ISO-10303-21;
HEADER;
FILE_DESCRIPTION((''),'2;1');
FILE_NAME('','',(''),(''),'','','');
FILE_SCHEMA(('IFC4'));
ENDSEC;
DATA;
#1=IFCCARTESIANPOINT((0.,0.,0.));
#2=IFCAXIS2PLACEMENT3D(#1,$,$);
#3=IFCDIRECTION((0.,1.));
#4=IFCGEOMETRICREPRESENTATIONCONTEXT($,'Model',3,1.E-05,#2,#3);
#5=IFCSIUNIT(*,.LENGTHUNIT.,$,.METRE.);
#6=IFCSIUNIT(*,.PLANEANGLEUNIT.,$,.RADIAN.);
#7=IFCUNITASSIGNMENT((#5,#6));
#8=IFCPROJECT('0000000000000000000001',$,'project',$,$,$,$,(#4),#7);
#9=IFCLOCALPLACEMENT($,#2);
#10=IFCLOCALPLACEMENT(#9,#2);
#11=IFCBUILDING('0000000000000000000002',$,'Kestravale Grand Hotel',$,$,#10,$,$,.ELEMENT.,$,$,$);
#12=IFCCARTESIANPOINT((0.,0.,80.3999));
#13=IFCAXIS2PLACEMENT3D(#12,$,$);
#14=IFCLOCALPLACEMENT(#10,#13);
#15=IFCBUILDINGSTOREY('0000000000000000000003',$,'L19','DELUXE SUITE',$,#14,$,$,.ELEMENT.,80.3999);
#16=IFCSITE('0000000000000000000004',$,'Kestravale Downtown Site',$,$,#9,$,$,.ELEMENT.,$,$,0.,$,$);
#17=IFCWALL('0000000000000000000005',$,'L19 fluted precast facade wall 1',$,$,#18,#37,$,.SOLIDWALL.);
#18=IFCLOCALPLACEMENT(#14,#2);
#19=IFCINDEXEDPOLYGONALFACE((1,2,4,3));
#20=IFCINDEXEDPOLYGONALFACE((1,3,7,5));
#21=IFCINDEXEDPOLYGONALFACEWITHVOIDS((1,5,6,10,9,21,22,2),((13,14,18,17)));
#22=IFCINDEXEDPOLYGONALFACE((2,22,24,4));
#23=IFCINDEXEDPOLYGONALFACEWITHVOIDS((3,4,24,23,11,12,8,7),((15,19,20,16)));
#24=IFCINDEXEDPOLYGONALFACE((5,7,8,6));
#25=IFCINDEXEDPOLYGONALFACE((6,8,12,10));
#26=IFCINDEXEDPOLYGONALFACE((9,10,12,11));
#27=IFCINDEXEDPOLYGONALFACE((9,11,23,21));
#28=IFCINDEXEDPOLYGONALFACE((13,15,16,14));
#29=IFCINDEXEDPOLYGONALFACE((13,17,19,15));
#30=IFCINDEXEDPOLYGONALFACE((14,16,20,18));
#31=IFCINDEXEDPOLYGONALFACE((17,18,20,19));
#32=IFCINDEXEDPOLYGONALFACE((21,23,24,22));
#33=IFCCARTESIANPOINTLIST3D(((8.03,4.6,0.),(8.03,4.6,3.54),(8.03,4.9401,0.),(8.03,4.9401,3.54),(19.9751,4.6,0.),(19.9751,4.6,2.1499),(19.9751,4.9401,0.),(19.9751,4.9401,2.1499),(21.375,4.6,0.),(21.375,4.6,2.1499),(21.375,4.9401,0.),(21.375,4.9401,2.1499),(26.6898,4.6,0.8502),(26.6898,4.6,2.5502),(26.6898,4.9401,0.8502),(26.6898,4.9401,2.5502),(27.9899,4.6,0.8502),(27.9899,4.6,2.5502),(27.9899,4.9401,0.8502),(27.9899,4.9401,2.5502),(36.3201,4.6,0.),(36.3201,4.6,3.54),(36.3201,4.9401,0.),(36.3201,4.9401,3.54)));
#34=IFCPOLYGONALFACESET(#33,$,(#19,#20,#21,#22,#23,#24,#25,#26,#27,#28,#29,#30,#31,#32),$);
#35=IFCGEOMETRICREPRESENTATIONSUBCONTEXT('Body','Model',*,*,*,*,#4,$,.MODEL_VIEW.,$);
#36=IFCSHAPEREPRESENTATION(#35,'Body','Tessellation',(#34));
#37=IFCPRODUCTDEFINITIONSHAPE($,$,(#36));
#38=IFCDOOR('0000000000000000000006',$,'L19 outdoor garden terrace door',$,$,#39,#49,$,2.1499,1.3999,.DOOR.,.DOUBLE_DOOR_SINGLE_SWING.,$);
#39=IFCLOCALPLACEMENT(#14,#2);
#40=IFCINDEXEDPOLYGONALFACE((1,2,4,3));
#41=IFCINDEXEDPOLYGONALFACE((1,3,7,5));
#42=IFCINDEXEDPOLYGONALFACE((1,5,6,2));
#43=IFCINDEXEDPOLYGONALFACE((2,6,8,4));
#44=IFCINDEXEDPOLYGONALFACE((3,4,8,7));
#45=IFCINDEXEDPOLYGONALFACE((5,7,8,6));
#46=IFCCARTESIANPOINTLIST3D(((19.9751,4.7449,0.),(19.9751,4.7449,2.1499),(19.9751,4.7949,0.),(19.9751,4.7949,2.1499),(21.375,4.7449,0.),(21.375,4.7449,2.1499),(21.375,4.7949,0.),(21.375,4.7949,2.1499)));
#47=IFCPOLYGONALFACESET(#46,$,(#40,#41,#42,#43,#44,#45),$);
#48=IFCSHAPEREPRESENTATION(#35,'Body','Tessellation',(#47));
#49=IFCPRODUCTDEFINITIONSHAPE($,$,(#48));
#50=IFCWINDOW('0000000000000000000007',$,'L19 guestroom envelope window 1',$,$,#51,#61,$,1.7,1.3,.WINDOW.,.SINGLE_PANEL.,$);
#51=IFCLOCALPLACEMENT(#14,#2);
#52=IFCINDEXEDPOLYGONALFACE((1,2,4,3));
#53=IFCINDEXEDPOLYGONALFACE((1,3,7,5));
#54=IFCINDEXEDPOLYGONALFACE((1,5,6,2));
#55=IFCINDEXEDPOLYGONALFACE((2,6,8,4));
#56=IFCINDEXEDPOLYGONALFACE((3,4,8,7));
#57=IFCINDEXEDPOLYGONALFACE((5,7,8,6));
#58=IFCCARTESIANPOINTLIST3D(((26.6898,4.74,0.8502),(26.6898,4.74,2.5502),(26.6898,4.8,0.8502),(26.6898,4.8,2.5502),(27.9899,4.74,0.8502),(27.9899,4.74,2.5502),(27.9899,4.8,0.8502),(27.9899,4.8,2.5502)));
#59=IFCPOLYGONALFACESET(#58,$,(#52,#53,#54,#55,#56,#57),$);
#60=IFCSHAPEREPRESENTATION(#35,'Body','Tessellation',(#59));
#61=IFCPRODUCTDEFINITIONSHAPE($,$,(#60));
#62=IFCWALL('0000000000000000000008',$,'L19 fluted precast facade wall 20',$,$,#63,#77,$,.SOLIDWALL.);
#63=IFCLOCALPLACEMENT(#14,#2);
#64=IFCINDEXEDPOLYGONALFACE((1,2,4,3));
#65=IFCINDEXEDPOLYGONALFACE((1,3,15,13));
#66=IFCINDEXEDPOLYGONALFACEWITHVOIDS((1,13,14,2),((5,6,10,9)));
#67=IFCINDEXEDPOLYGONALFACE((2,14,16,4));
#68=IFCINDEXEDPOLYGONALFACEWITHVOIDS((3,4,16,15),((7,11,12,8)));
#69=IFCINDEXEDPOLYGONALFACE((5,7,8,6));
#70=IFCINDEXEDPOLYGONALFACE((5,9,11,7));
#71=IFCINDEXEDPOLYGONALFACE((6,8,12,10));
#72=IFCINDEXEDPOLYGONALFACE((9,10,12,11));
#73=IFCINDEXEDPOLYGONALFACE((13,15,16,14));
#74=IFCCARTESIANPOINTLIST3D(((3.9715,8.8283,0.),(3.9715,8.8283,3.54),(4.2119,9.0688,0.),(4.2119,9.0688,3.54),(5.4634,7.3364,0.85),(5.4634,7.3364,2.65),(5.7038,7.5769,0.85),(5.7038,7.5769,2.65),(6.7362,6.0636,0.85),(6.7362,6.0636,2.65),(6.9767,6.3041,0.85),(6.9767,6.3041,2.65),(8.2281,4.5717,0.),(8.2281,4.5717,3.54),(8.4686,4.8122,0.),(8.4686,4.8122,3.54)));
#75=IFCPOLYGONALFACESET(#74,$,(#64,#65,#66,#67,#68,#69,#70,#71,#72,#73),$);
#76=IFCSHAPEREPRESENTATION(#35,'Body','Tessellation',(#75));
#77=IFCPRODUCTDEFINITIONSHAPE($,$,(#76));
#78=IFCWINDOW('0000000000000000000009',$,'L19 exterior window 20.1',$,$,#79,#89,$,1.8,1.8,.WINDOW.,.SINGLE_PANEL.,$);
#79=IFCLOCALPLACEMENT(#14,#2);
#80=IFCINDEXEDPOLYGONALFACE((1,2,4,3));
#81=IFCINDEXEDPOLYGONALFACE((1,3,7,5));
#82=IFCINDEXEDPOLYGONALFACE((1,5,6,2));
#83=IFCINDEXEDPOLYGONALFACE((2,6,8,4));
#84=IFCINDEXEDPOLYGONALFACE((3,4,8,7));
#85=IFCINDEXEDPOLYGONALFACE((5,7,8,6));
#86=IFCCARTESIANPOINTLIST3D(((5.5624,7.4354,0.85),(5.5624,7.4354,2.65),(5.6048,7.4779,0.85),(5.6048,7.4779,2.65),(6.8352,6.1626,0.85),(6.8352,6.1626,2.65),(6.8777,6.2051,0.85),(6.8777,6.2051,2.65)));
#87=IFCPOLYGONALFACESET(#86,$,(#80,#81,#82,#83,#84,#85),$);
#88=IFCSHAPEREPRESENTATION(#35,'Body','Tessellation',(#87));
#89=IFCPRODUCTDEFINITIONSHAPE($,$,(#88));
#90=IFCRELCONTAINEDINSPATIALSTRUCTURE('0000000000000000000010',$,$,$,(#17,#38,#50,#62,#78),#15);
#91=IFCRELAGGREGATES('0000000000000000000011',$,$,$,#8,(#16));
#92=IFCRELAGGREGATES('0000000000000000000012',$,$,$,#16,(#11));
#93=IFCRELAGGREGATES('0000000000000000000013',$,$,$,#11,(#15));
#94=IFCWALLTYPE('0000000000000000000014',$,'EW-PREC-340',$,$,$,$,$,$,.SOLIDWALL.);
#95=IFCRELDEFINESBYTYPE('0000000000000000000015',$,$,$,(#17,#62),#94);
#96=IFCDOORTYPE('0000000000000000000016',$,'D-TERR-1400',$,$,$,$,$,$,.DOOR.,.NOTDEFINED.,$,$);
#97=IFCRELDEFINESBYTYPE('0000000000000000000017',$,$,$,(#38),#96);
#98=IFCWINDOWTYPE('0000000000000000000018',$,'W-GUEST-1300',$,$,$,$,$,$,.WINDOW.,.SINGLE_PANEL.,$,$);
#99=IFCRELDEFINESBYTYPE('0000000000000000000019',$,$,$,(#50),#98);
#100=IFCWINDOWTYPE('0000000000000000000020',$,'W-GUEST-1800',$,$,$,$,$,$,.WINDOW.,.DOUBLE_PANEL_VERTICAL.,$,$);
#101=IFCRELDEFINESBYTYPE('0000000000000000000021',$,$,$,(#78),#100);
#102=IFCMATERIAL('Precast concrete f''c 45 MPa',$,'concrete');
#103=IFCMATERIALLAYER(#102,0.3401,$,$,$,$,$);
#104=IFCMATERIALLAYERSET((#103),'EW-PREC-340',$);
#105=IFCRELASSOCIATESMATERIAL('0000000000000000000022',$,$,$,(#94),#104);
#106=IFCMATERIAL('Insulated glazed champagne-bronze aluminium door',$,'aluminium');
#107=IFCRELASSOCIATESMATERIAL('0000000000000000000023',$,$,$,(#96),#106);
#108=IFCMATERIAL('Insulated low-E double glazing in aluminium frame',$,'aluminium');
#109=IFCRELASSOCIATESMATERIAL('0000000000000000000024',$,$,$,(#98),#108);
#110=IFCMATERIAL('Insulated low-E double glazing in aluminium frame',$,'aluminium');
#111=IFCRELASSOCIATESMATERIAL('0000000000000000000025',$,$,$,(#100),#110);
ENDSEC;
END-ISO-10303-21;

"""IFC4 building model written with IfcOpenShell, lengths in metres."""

from ifc_helpers import new_model, si_unit, direction, frame, frame_2d, origin, place, context, subcontext, project, spatial, rectangle, extrude, material, layer, layer_set, type_object, element, fill, save


model = new_model("IFC4")

# Units and contexts
model_context = context("Model", 3, precision=1e-05, world=origin(), true_north=direction((0.0, 1.0)))
body_context = subcontext(model_context, "Body", "Model", "MODEL_VIEW")
ifc_project = project(units=[si_unit("LENGTHUNIT", "METRE"), si_unit("PLANEANGLEUNIT", "RADIAN")], contexts=[model_context])

# Site, building, storey
site_placement = place(None, origin())
site = spatial("IfcSite", under=ifc_project, at=site_placement, Name="Kestravale Downtown Site", CompositionType="ELEMENT", RefElevation=0.0)
building_placement = place(site_placement, origin())
building = spatial("IfcBuilding", under=site, at=building_placement, Name="Kestravale Grand Hotel", CompositionType="ELEMENT")
storey_placement = place(building_placement, frame((0.0, 0.0, 80.3999)))
storey = spatial("IfcBuildingStorey", under=building, at=storey_placement, Name="L19", Description="DELUXE SUITE", CompositionType="ELEMENT", Elevation=80.3999)

# Wall, openings, door, window
ifc_material_1 = material(Name="Precast concrete f'c 45 MPa", Category="concrete")
ifc_layer_1 = layer(ifc_material_1, 0.3401)
ifc_layer_set_1 = layer_set([ifc_layer_1], Name="EW-PREC-340")
wall_type_1 = type_object("IfcWallType", Name="EW-PREC-340", PredefinedType="SOLIDWALL", material=ifc_layer_set_1)
wall_1_placement = place(storey_placement, frame((8.03, 4.77, 0.0), z_axis=(0.0, 0.0, 1.0), x_axis=(1.0, 0.0, 0.0)))
wall_1 = element("IfcWall", 1, at=wall_1_placement, inside=storey, type_object=wall_type_1, Name="L19 fluted precast facade wall 1", PredefinedType="SOLIDWALL", context=body_context, shape_type="SweptSolid", body=[
    extrude(rectangle(XDim=28.29, YDim=0.3401, at=frame_2d((14.145, 0.0))), origin(), (0.0, 0.0, 1.0), 3.54),
])
opening_1_placement = place(wall_1_placement, frame((11.9451, 0.0, 0.0)))
opening_1 = element("IfcOpeningElement", 2, at=opening_1_placement, cuts=wall_1, PredefinedType="OPENING", context=body_context, shape_type="SweptSolid", body=[
    extrude(rectangle(XDim=1.3999, YDim=2.1499, at=frame_2d((0.7, 1.075))), frame((0.0, 0.1799, 0.0), z_axis=(0.0, -1.0, 0.0), x_axis=(1.0, 0.0, 0.0)), (0.0, 0.0, 1.0), 0.3601),
])
opening_2_placement = place(wall_1_placement, frame((18.6599, 0.0, 0.8501)))
opening_2 = element("IfcOpeningElement", 3, at=opening_2_placement, cuts=wall_1, PredefinedType="OPENING", context=body_context, shape_type="SweptSolid", body=[
    extrude(rectangle(XDim=1.3, YDim=1.7, at=frame_2d((0.6499, 0.8501))), frame((0.0, 0.1799, 0.0), z_axis=(0.0, -1.0, 0.0), x_axis=(1.0, 0.0, 0.0)), (0.0, 0.0, 1.0), 0.3601),
])
ifc_material_2 = material(Name="Insulated glazed champagne-bronze aluminium door", Category="aluminium")
door_type_1 = type_object("IfcDoorType", Name="D-TERR-1400", OperationType="NOTDEFINED", PredefinedType="DOOR", material=ifc_material_2)
door_1_placement = place(opening_1_placement, origin())
door_1 = element("IfcDoor", 4, at=door_1_placement, inside=storey, type_object=door_type_1, Name="L19 outdoor garden terrace door", OperationType="DOUBLE_DOOR_SINGLE_SWING", OverallHeight=2.1499, OverallWidth=1.3999, PredefinedType="DOOR", context=body_context, shape_type="SweptSolid", body=[
    extrude(rectangle(XDim=1.3999, YDim=2.1499, at=frame_2d((0.7, 1.075))), frame((0.0, 0.0249, 0.0), z_axis=(0.0, -1.0, 0.0), x_axis=(1.0, 0.0, 0.0)), (0.0, 0.0, 1.0), 0.05),
])
fill(opening_1, door_1)
ifc_material_3 = material(Name="Insulated low-E double glazing in aluminium frame", Category="aluminium")
window_type_1 = type_object("IfcWindowType", Name="W-GUEST-1300", PartitioningType="SINGLE_PANEL", PredefinedType="WINDOW", material=ifc_material_3)
window_1_placement = place(opening_2_placement, origin())
window_1 = element("IfcWindow", 5, at=window_1_placement, inside=storey, type_object=window_type_1, Name="L19 guestroom envelope window 1", OverallHeight=1.7, OverallWidth=1.3, PartitioningType="SINGLE_PANEL", PredefinedType="WINDOW", context=body_context, shape_type="SweptSolid", body=[
    extrude(rectangle(XDim=1.3, YDim=1.7, at=frame_2d((0.6499, 0.8501))), frame((0.0, 0.03, 0.0), z_axis=(0.0, -1.0, 0.0), x_axis=(1.0, 0.0, 0.0)), (0.0, 0.0, 1.0), 0.0601),
])
fill(opening_2, window_1)

# Wall, opening, window
wall_2_placement = place(storey_placement, frame((4.0918, 8.9485, 0.0), z_axis=(0.0, 0.0, 1.0), x_axis=(0.707107, -0.707107, 0.0)))
wall_2 = element("IfcWall", 6, at=wall_2_placement, inside=storey, type_object=wall_type_1, Name="L19 fluted precast facade wall 20", PredefinedType="SOLIDWALL", context=body_context, shape_type="SweptSolid", body=[
    extrude(rectangle(XDim=6.0198, YDim=0.3401, at=frame_2d((3.0098, 0.0))), origin(), (0.0, 0.0, 1.0), 3.54),
])
opening_3_placement = place(wall_2_placement, frame((2.1099, 0.0, 0.8501)))
opening_3 = element("IfcOpeningElement", 7, at=opening_3_placement, cuts=wall_2, PredefinedType="OPENING", context=body_context, shape_type="SweptSolid", body=[
    extrude(rectangle(XDim=1.8, YDim=1.8, at=frame_2d((0.8999, 0.8999))), frame((0.0, 0.1799, 0.0), z_axis=(0.0, -1.0, 0.0), x_axis=(1.0, 0.0, 0.0)), (0.0, 0.0, 1.0), 0.3601),
])
ifc_material_4 = material(Name="Insulated low-E double glazing in aluminium frame", Category="aluminium")
window_type_2 = type_object("IfcWindowType", Name="W-GUEST-1800", PartitioningType="DOUBLE_PANEL_VERTICAL", PredefinedType="WINDOW", material=ifc_material_4)
window_2_placement = place(opening_3_placement, origin())
window_2 = element("IfcWindow", 8, at=window_2_placement, inside=storey, type_object=window_type_2, Name="L19 exterior window 20.1", OverallHeight=1.8, OverallWidth=1.8, PartitioningType="SINGLE_PANEL", PredefinedType="WINDOW", context=body_context, shape_type="SweptSolid", body=[
    extrude(rectangle(XDim=1.8, YDim=1.8, at=frame_2d((0.8999, 0.8999))), frame((0.0, 0.03, 0.0), z_axis=(0.0, -1.0, 0.0), x_axis=(1.0, 0.0, 0.0)), (0.0, 0.0, 1.0), 0.0601),
])
fill(opening_3, window_2)

save(model, "model.ifc")
